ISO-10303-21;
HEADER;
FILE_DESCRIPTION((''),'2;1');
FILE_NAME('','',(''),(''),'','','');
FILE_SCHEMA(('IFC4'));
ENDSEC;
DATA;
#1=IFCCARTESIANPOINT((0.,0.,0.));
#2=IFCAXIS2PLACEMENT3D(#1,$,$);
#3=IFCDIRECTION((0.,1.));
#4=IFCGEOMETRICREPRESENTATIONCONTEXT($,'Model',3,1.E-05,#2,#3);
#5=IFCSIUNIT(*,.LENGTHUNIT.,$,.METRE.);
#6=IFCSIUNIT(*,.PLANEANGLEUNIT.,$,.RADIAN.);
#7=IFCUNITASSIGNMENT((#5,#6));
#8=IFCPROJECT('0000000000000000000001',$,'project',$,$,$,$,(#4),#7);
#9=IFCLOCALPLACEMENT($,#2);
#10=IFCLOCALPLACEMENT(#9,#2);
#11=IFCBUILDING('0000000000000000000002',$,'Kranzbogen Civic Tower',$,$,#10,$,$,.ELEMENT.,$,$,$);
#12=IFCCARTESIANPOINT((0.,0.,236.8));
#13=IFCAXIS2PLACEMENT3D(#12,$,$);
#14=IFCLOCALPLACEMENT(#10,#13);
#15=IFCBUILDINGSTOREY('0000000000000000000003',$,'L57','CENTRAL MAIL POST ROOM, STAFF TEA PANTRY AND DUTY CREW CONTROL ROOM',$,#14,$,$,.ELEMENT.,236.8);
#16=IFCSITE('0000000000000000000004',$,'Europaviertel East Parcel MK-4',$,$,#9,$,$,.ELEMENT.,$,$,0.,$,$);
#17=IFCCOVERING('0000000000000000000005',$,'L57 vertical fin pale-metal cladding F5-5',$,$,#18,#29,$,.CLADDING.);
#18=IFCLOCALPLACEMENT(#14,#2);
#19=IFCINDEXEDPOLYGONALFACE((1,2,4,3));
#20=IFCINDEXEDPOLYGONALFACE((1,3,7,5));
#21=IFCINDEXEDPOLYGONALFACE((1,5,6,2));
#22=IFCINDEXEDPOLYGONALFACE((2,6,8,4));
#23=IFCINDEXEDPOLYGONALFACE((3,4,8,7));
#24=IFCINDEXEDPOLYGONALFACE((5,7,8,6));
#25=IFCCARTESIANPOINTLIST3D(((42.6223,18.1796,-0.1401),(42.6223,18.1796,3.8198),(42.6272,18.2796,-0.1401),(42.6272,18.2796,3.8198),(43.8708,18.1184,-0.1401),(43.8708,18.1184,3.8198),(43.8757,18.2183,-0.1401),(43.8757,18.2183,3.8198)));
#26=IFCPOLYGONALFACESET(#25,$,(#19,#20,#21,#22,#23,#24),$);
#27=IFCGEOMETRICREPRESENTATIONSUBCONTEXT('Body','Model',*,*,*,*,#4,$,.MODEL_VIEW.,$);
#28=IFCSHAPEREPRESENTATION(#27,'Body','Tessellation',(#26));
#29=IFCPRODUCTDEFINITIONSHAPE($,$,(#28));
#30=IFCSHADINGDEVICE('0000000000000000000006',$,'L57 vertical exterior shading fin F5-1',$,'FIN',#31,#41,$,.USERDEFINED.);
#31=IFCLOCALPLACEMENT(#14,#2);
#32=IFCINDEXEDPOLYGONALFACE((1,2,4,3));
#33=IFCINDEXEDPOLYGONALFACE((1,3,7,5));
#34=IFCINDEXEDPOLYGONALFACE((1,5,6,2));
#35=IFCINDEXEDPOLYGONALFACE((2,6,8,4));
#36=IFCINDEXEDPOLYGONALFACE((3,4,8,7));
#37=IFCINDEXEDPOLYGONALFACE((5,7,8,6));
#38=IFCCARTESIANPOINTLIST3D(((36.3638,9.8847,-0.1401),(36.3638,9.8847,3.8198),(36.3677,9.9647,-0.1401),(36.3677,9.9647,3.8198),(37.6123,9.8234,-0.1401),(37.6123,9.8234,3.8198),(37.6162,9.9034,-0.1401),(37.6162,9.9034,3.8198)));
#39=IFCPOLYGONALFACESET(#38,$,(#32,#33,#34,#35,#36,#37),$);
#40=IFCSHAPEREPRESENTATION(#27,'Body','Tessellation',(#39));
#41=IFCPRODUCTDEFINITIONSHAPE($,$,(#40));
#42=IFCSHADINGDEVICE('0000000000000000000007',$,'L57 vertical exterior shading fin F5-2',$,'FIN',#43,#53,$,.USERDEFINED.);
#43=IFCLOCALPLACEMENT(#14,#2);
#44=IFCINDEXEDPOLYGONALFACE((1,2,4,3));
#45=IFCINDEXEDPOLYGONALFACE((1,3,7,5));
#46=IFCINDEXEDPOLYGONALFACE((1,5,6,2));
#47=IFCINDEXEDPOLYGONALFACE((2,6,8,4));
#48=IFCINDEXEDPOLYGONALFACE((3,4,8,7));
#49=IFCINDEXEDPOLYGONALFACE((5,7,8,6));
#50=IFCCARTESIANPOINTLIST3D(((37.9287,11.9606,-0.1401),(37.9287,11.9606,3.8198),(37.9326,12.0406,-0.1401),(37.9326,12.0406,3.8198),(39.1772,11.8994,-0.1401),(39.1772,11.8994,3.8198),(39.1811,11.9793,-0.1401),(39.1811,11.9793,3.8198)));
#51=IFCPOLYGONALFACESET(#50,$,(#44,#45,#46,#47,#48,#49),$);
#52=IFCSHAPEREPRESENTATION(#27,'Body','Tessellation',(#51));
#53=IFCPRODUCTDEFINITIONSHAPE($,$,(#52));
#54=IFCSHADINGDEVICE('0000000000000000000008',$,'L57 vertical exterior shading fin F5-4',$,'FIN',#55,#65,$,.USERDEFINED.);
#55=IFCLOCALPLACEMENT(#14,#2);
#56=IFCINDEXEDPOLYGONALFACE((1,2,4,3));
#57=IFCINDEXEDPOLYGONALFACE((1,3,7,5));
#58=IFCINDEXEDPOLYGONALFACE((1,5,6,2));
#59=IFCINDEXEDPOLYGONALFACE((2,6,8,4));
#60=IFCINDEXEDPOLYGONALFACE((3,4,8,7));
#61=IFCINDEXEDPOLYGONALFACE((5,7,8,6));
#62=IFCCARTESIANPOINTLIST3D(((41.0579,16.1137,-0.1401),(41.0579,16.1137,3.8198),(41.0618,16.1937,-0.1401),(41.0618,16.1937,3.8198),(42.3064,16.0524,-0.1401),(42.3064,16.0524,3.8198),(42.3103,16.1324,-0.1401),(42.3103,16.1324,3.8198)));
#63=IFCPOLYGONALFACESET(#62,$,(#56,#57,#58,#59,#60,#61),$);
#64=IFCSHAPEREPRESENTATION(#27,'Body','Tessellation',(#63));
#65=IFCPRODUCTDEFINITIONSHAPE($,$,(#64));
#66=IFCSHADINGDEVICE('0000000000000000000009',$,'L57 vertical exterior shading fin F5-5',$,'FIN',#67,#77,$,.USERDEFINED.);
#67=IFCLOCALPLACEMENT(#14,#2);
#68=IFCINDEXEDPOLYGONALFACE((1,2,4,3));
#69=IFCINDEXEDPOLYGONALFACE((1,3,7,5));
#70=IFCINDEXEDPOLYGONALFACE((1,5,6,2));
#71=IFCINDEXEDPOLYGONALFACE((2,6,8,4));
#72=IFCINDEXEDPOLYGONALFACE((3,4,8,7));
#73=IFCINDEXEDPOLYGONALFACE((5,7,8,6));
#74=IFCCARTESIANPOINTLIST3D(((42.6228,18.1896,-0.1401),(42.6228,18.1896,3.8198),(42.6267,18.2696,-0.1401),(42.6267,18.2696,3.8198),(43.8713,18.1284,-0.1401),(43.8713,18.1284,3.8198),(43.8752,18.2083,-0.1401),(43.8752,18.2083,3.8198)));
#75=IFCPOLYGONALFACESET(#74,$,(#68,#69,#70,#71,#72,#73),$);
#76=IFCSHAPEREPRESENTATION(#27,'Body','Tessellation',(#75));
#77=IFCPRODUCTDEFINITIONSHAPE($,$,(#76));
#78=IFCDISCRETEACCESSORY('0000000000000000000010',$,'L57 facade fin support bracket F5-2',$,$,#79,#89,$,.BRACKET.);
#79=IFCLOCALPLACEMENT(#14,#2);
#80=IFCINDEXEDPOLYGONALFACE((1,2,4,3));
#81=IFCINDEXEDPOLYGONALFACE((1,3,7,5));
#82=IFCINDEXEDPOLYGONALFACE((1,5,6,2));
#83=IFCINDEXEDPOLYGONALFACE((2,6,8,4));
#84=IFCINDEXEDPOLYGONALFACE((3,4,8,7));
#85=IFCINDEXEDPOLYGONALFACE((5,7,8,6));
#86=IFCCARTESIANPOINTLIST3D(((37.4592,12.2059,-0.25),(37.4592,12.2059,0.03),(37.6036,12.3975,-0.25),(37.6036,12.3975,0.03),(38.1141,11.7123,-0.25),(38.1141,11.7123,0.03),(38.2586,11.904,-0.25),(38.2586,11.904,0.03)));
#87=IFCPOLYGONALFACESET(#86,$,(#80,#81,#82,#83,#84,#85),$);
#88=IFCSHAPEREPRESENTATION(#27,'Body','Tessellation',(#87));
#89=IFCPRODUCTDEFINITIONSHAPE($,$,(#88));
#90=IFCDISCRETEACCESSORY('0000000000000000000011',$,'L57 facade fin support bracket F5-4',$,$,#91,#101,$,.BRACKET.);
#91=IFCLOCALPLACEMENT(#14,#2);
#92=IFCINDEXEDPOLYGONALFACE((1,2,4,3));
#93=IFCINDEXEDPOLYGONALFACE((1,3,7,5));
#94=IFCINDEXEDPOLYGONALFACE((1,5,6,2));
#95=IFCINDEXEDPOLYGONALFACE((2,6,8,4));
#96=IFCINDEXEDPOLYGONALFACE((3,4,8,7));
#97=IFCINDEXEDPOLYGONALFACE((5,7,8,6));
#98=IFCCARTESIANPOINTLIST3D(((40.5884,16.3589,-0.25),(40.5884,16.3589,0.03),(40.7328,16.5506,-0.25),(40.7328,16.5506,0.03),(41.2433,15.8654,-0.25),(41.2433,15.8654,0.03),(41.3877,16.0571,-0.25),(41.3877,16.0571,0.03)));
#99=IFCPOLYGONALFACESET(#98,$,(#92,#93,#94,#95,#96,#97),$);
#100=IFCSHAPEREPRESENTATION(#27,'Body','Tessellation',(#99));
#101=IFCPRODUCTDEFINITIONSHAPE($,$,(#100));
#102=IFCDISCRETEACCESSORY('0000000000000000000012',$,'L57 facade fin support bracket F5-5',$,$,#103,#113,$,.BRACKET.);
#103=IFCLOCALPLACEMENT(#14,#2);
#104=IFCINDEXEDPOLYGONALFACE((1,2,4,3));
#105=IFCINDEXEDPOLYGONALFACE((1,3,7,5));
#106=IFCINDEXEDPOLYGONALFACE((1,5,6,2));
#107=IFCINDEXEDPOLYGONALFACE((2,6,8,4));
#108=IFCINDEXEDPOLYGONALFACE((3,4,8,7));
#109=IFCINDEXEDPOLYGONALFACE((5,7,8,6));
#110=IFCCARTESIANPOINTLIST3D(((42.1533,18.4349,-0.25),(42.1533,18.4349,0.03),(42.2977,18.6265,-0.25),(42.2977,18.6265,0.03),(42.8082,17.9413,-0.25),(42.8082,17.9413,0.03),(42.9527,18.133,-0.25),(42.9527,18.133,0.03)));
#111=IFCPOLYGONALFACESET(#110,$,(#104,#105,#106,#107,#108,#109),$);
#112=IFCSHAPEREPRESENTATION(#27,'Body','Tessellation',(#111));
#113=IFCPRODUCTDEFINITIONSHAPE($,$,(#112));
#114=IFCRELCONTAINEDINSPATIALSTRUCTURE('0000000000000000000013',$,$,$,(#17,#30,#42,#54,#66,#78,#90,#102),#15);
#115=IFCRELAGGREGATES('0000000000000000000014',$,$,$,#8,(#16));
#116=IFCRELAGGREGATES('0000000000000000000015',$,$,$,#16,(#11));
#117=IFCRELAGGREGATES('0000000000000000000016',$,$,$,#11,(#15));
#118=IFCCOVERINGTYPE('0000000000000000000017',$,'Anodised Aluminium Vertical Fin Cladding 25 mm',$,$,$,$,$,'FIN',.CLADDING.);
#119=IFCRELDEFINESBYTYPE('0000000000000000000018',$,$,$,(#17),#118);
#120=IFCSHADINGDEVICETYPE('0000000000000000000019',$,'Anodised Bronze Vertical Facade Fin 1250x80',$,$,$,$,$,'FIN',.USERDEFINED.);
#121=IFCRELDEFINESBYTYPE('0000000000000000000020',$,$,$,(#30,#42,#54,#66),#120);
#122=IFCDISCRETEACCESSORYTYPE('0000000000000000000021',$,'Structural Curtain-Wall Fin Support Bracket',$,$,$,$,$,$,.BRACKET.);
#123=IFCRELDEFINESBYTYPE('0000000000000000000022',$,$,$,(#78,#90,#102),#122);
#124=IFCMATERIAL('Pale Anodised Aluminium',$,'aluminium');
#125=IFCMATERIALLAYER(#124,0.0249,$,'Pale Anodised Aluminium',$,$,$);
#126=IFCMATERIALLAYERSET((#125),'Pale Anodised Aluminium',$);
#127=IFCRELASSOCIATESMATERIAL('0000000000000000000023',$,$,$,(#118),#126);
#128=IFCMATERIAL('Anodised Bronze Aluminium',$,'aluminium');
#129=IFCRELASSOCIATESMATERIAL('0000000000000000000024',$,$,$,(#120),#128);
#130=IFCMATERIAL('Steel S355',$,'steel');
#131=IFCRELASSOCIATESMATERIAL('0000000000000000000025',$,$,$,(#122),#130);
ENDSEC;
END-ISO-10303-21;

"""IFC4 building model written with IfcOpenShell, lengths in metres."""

from ifc_helpers import new_model, si_unit, direction, frame, origin, origin_2d, place, context, subcontext, project, spatial, rectangle, extrude, material, layer, layer_set, type_object, element, save


model = new_model("IFC4")

# Units and contexts
model_context = context("Model", 3, precision=1e-05, world=origin(), true_north=direction((0.0, 1.0)))
body_context = subcontext(model_context, "Body", "Model", "MODEL_VIEW")
ifc_project = project(units=[si_unit("LENGTHUNIT", "METRE"), si_unit("PLANEANGLEUNIT", "RADIAN")], contexts=[model_context])

# Site, building, storey
site_placement = place(None, origin())
site = spatial("IfcSite", under=ifc_project, at=site_placement, Name="Europaviertel East Parcel MK-4", CompositionType="ELEMENT", RefElevation=0.0)
building_placement = place(site_placement, origin())
building = spatial("IfcBuilding", under=site, at=building_placement, Name="Kranzbogen Civic Tower", CompositionType="ELEMENT")
storey_placement = place(building_placement, frame((0.0, 0.0, 236.8)))
storey = spatial("IfcBuildingStorey", under=building, at=storey_placement, Name="L57", Description="CENTRAL MAIL POST ROOM, STAFF TEA PANTRY AND DUTY CREW CONTROL ROOM", CompositionType="ELEMENT", Elevation=236.8)

# Shared definitions
ifc_material_1 = material(Name="Steel S355", Category="steel")

# Shared definitions
ifc_material_2 = material(Name="Pale Anodised Aluminium", Category="aluminium")

# Covering
ifc_layer_1 = layer(ifc_material_2, 0.0249, Name="Pale Anodised Aluminium")
ifc_layer_set_1 = layer_set([ifc_layer_1], Name="Pale Anodised Aluminium")
covering_type = type_object("IfcCoveringType", Name="Anodised Aluminium Vertical Fin Cladding 25 mm", ElementType="FIN", PredefinedType="CLADDING", material=ifc_layer_set_1)
for number, where, z_axis, x_axis, name in (
    (1, (43.249, 18.199, -0.1401), (0.0, 0.0, 1.0), (0.998799, -0.048989, 0.0), "L57 vertical fin pale-metal cladding F5-5"),
):
    element("IfcCovering", number, at=place(storey_placement, frame(where, z_axis=z_axis, x_axis=x_axis)), inside=storey, type_object=covering_type, Name=name, PredefinedType="CLADDING", context=body_context, shape_type="SweptSolid", body=[
        extrude(rectangle(XDim=1.25, YDim=0.1001, at=origin_2d()), origin(), (0.0, 0.0, 1.0), 3.96),
    ])

# Shading devices
ifc_material_3 = material(Name="Anodised Bronze Aluminium", Category="aluminium")
shading_device_type = type_object("IfcShadingDeviceType", Name="Anodised Bronze Vertical Facade Fin 1250x80", ElementType="FIN", PredefinedType="USERDEFINED", material=ifc_material_3)
for number, where, z_axis, x_axis, name in (
    (2, (36.99, 9.894, -0.1401), (0.0, 0.0, 1.0), (0.998799, -0.048989, 0.0), "L57 vertical exterior shading fin F5-1"),
    (3, (38.5549, 11.97, -0.1401), (0.0, 0.0, 1.0), (0.998799, -0.048989, 0.0), "L57 vertical exterior shading fin F5-2"),
    (4, (41.6841, 16.123, -0.1401), (0.0, 0.0, 1.0), (0.998799, -0.048989, 0.0), "L57 vertical exterior shading fin F5-4"),
    (5, (43.249, 18.199, -0.1401), (0.0, 0.0, 1.0), (0.998799, -0.048989, 0.0), "L57 vertical exterior shading fin F5-5"),
):
    element("IfcShadingDevice", number, at=place(storey_placement, frame(where, z_axis=z_axis, x_axis=x_axis)), inside=storey, type_object=shading_device_type, Name=name, ObjectType="FIN", PredefinedType="USERDEFINED", context=body_context, shape_type="SweptSolid", body=[
        extrude(rectangle(XDim=1.25, YDim=0.0801, at=origin_2d()), origin(), (0.0, 0.0, 1.0), 3.96),
    ])

# Discrete accessories
discrete_accessory_type = type_object("IfcDiscreteAccessoryType", Name="Structural Curtain-Wall Fin Support Bracket", PredefinedType="BRACKET", material=ifc_material_1)
for number, where, z_axis, x_axis, name in (
    (6, (37.8589, 12.0549, -0.25), (0.0, 0.0, 1.0), (0.798636, -0.601815, 0.0), "L57 facade fin support bracket F5-2"),
    (7, (40.988, 16.208, -0.25), (0.0, 0.0, 1.0), (0.798636, -0.601815, 0.0), "L57 facade fin support bracket F5-4"),
    (8, (42.553, 18.2839, -0.25), (0.0, 0.0, 1.0), (0.798636, -0.601815, 0.0), "L57 facade fin support bracket F5-5"),
):
    element("IfcDiscreteAccessory", number, at=place(storey_placement, frame(where, z_axis=z_axis, x_axis=x_axis)), inside=storey, type_object=discrete_accessory_type, Name=name, PredefinedType="BRACKET", context=body_context, shape_type="SweptSolid", body=[
        extrude(rectangle(XDim=0.8201, YDim=0.24, at=origin_2d()), origin(), (0.0, 0.0, 1.0), 0.28),
    ])

save(model, "model.ifc")
